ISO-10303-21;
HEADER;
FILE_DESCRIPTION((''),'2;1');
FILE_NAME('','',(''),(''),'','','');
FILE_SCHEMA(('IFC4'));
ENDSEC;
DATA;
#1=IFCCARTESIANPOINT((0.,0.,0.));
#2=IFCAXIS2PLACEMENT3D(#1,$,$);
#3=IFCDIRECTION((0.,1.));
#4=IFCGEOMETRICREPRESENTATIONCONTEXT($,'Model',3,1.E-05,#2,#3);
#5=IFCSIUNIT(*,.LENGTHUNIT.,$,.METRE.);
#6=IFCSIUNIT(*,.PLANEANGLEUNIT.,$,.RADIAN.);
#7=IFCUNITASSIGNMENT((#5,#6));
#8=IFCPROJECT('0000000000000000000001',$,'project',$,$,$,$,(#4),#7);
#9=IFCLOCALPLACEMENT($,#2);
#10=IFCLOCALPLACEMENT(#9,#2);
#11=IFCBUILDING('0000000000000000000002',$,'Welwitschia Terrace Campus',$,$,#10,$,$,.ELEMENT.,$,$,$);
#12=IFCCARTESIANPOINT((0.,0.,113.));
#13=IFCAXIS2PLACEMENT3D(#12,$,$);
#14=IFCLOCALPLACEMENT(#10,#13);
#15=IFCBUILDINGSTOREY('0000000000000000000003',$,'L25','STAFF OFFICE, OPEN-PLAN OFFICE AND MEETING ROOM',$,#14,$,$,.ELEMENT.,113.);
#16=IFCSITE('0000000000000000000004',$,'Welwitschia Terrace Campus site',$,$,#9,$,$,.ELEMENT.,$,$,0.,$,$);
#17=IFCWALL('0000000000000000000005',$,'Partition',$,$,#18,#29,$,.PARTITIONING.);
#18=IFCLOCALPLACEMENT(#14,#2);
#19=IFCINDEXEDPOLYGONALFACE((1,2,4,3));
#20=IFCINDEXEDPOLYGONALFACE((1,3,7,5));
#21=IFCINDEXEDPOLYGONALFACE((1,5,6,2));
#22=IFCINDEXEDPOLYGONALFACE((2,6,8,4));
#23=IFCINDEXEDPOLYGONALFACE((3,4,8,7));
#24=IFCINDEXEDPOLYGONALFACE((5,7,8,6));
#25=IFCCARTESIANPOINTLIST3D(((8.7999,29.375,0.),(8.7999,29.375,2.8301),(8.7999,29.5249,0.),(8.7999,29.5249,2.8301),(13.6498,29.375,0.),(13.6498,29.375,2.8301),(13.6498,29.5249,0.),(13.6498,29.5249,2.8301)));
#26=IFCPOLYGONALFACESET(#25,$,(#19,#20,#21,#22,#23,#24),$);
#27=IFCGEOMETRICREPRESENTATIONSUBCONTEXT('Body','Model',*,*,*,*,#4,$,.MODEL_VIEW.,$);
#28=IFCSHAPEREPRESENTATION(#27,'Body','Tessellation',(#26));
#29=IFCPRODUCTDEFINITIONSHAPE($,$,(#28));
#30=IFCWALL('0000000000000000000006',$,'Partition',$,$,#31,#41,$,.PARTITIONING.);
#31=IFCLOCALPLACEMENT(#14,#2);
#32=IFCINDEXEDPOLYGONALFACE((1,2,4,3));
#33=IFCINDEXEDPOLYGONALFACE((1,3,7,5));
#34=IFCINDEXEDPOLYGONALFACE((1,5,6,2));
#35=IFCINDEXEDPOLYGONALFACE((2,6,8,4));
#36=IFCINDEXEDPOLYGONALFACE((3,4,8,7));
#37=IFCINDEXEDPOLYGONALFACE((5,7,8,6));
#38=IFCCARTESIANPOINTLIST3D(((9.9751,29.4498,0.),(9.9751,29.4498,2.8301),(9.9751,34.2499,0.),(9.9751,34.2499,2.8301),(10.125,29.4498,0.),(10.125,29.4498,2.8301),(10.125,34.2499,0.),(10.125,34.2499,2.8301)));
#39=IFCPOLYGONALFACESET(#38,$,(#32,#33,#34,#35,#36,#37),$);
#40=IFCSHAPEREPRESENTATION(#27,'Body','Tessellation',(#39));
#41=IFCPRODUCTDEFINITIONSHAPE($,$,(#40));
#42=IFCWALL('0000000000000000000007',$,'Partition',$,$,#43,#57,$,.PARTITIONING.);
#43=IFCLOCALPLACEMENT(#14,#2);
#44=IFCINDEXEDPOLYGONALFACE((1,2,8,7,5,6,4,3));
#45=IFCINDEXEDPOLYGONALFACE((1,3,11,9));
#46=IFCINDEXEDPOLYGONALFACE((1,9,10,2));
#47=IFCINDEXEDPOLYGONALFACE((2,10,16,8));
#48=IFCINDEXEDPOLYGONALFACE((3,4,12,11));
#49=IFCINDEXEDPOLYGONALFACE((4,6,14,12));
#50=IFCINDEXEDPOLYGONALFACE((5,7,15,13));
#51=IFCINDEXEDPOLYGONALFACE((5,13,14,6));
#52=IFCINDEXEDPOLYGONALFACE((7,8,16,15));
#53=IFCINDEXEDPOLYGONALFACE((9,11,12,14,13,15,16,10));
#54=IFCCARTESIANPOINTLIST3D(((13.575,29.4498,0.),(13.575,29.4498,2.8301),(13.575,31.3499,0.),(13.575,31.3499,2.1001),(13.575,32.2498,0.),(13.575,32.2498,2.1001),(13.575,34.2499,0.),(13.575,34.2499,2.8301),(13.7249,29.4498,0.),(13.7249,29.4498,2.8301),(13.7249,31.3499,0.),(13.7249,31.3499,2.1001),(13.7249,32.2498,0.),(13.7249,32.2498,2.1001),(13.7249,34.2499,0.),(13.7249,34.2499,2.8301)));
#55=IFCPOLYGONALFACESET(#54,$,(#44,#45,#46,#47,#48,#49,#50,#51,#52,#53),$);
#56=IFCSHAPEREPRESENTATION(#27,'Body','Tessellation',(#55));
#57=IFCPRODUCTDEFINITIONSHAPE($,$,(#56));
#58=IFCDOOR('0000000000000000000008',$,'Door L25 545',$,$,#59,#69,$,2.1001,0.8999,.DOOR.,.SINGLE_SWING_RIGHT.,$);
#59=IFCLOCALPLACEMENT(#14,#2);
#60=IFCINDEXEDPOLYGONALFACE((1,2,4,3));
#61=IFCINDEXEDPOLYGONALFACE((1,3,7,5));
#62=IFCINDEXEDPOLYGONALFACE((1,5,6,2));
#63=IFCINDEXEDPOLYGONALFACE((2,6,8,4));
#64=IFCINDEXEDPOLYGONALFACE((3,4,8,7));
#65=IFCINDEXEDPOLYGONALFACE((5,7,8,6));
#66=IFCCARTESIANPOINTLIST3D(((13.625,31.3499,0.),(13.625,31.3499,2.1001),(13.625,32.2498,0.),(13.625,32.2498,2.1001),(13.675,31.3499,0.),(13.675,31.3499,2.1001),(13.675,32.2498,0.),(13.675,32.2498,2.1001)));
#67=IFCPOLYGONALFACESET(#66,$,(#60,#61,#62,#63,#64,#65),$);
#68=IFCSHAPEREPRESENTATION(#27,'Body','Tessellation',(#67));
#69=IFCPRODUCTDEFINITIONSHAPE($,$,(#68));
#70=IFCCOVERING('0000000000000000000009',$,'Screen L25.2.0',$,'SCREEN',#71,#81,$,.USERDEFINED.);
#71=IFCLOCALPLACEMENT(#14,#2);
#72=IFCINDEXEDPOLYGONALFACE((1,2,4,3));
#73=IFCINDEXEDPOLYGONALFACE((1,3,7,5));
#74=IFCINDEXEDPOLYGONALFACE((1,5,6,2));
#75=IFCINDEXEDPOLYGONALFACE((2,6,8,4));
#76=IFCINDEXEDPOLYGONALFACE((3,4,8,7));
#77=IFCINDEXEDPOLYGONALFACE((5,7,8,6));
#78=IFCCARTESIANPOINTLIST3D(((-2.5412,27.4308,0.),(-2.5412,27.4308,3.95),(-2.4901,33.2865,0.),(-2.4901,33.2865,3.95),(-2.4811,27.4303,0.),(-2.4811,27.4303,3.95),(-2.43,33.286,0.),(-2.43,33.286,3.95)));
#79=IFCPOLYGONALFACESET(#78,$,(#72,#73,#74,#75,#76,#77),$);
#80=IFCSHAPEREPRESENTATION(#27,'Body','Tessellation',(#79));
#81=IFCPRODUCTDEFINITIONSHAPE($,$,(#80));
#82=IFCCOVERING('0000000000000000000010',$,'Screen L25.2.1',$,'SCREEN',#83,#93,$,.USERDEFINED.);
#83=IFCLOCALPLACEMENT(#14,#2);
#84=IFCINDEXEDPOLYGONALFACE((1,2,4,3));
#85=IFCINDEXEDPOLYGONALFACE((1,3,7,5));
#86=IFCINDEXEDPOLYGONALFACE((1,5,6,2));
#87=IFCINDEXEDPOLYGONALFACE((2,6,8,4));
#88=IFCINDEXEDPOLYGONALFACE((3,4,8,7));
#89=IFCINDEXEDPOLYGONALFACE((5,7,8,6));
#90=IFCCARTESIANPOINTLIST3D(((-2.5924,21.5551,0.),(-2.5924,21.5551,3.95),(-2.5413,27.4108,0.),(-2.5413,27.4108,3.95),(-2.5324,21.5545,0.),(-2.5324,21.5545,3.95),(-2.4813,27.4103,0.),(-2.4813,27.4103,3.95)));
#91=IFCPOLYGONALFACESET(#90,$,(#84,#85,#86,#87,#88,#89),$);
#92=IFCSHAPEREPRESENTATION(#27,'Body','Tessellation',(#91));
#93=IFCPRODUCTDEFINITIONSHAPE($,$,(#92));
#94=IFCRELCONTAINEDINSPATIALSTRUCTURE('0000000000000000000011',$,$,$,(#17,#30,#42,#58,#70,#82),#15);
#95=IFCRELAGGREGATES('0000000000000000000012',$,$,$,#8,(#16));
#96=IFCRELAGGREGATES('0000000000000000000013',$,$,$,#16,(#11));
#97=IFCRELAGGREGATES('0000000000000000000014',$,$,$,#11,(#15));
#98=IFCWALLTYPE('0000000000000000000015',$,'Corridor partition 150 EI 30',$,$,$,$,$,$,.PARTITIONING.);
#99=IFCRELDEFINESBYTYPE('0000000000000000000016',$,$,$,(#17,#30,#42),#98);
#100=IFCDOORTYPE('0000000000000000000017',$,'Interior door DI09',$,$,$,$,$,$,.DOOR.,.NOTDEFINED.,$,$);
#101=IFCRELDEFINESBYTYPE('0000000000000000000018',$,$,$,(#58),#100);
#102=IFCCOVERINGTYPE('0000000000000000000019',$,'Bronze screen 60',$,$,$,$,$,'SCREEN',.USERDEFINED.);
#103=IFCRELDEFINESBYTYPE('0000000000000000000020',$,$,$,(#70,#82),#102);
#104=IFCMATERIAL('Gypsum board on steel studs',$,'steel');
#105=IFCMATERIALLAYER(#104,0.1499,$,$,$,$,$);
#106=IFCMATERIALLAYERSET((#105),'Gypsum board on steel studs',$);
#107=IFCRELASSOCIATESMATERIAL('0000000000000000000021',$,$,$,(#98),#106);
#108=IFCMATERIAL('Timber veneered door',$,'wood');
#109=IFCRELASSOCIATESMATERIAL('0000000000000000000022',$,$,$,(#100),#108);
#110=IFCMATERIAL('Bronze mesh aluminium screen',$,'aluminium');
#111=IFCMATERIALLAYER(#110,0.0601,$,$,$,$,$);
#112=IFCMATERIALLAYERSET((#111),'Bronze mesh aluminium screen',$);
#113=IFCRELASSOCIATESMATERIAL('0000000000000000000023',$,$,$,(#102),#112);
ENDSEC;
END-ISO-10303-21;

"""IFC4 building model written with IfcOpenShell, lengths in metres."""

from ifc_helpers import new_model, si_unit, direction, frame, frame_2d, origin, origin_2d, place, context, subcontext, project, spatial, rectangle, extrude, material, layer, layer_set, type_object, element, fill, save


model = new_model("IFC4")

# Units and contexts
model_context = context("Model", 3, precision=1e-05, world=origin(), true_north=direction((0.0, 1.0)))
body_context = subcontext(model_context, "Body", "Model", "MODEL_VIEW")
ifc_project = project(units=[si_unit("LENGTHUNIT", "METRE"), si_unit("PLANEANGLEUNIT", "RADIAN")], contexts=[model_context])

# Site, building, storey
site_placement = place(None, origin())
site = spatial("IfcSite", under=ifc_project, at=site_placement, Name="Welwitschia Terrace Campus site", CompositionType="ELEMENT", RefElevation=0.0)
building_placement = place(site_placement, origin())
building = spatial("IfcBuilding", under=site, at=building_placement, Name="Welwitschia Terrace Campus", CompositionType="ELEMENT")
storey_placement = place(building_placement, frame((0.0, 0.0, 113.0)))
storey = spatial("IfcBuildingStorey", under=building, at=storey_placement, Name="L25", Description="STAFF OFFICE, OPEN-PLAN OFFICE AND MEETING ROOM", CompositionType="ELEMENT", Elevation=113.0)

# Shared definitions
ifc_material_1 = material(Name="Gypsum board on steel studs", Category="steel")
ifc_layer_1 = layer(ifc_material_1, 0.1499)
ifc_layer_set_1 = layer_set([ifc_layer_1], Name="Gypsum board on steel studs")
wall_type_1 = type_object("IfcWallType", Name="Corridor partition 150 EI 30", PredefinedType="PARTITIONING", material=ifc_layer_set_1)

# Shared definitions
ifc_material_2 = material(Name="Timber veneered door", Category="wood")
door_type = type_object("IfcDoorType", Name="Interior door DI09", OperationType="NOTDEFINED", PredefinedType="DOOR", material=ifc_material_2)

# Walls
wall_1_placement = place(storey_placement, frame((8.8, 29.45, 0.0), z_axis=(0.0, 0.0, 1.0), x_axis=(1.0, 0.0, 0.0)))
element("IfcWall", 1, at=wall_1_placement, inside=storey, type_object=wall_type_1, Name="Partition", PredefinedType="PARTITIONING", context=body_context, shape_type="SweptSolid", body=[
    extrude(rectangle(XDim=4.8499, YDim=0.1499, at=frame_2d((2.4248, 0.0))), origin(), (0.0, 0.0, 1.0), 2.8301),
])
wall_2_placement = place(storey_placement, frame((10.05, 29.45, 0.0), z_axis=(0.0, 0.0, 1.0), x_axis=(0.0, 1.0, 0.0)))
element("IfcWall", 2, at=wall_2_placement, inside=storey, type_object=wall_type_1, Name="Partition", PredefinedType="PARTITIONING", context=body_context, shape_type="SweptSolid", body=[
    extrude(rectangle(XDim=4.8, YDim=0.1499, at=frame_2d((2.3999, 0.0))), origin(), (0.0, 0.0, 1.0), 2.8301),
])

# Wall, opening, door
wall_3_placement = place(storey_placement, frame((13.6499, 29.45, 0.0), z_axis=(0.0, 0.0, 1.0), x_axis=(0.0, 1.0, 0.0)))
wall_3 = element("IfcWall", 3, at=wall_3_placement, inside=storey, type_object=wall_type_1, Name="Partition", PredefinedType="PARTITIONING", context=body_context, shape_type="SweptSolid", body=[
    extrude(rectangle(XDim=4.8, YDim=0.1499, at=frame_2d((2.3999, 0.0))), origin(), (0.0, 0.0, 1.0), 2.8301),
])
opening_1_placement = place(wall_3_placement, frame((1.8999, 0.0, 0.0)))
opening_1 = element("IfcOpeningElement", 4, at=opening_1_placement, cuts=wall_3, PredefinedType="OPENING", context=body_context, shape_type="SweptSolid", body=[
    extrude(rectangle(XDim=0.8999, YDim=2.1001, at=frame_2d((0.45, 1.05))), frame((0.0, 0.085, 0.0), z_axis=(0.0, -1.0, 0.0), x_axis=(1.0, 0.0, 0.0)), (0.0, 0.0, 1.0), 0.1699),
])
door_1_placement = place(opening_1_placement, origin())
door_1 = element("IfcDoor", 5, at=door_1_placement, inside=storey, type_object=door_type, Name="Door L25 545", OperationType="SINGLE_SWING_RIGHT", OverallHeight=2.1001, OverallWidth=0.8999, PredefinedType="DOOR", context=body_context, shape_type="SweptSolid", body=[
    extrude(rectangle(XDim=0.8999, YDim=2.1001, at=frame_2d((0.45, 1.05))), frame((0.0, 0.0249, 0.0), z_axis=(0.0, -1.0, 0.0), x_axis=(1.0, 0.0, 0.0)), (0.0, 0.0, 1.0), 0.05),
])
fill(opening_1, door_1)

# Coverings
ifc_material_3 = material(Name="Bronze mesh aluminium screen", Category="aluminium")
ifc_layer_2 = layer(ifc_material_3, 0.0601)
ifc_layer_set_2 = layer_set([ifc_layer_2], Name="Bronze mesh aluminium screen")
covering_type = type_object("IfcCoveringType", Name="Bronze screen 60", ElementType="SCREEN", PredefinedType="USERDEFINED", material=ifc_layer_set_2)
for number, where, z_axis, x_axis, name in (
    (6, (-2.4856, 30.3584, 0.0), (0.0, 0.0, 1.0), (-0.008727, -0.999962, 0.0), "Screen L25.2.0"),
    (7, (-2.5369, 24.4827, 0.0), (0.0, 0.0, 1.0), (-0.008727, -0.999962, 0.0), "Screen L25.2.1"),
):
    element("IfcCovering", number, at=place(storey_placement, frame(where, z_axis=z_axis, x_axis=x_axis)), inside=storey, type_object=covering_type, Name=name, ObjectType="SCREEN", PredefinedType="USERDEFINED", context=body_context, shape_type="SweptSolid", body=[
        extrude(rectangle(XDim=5.856, YDim=0.0601, at=origin_2d()), origin(), (0.0, 0.0, 1.0), 3.95),
    ])

save(model, "model.ifc")
